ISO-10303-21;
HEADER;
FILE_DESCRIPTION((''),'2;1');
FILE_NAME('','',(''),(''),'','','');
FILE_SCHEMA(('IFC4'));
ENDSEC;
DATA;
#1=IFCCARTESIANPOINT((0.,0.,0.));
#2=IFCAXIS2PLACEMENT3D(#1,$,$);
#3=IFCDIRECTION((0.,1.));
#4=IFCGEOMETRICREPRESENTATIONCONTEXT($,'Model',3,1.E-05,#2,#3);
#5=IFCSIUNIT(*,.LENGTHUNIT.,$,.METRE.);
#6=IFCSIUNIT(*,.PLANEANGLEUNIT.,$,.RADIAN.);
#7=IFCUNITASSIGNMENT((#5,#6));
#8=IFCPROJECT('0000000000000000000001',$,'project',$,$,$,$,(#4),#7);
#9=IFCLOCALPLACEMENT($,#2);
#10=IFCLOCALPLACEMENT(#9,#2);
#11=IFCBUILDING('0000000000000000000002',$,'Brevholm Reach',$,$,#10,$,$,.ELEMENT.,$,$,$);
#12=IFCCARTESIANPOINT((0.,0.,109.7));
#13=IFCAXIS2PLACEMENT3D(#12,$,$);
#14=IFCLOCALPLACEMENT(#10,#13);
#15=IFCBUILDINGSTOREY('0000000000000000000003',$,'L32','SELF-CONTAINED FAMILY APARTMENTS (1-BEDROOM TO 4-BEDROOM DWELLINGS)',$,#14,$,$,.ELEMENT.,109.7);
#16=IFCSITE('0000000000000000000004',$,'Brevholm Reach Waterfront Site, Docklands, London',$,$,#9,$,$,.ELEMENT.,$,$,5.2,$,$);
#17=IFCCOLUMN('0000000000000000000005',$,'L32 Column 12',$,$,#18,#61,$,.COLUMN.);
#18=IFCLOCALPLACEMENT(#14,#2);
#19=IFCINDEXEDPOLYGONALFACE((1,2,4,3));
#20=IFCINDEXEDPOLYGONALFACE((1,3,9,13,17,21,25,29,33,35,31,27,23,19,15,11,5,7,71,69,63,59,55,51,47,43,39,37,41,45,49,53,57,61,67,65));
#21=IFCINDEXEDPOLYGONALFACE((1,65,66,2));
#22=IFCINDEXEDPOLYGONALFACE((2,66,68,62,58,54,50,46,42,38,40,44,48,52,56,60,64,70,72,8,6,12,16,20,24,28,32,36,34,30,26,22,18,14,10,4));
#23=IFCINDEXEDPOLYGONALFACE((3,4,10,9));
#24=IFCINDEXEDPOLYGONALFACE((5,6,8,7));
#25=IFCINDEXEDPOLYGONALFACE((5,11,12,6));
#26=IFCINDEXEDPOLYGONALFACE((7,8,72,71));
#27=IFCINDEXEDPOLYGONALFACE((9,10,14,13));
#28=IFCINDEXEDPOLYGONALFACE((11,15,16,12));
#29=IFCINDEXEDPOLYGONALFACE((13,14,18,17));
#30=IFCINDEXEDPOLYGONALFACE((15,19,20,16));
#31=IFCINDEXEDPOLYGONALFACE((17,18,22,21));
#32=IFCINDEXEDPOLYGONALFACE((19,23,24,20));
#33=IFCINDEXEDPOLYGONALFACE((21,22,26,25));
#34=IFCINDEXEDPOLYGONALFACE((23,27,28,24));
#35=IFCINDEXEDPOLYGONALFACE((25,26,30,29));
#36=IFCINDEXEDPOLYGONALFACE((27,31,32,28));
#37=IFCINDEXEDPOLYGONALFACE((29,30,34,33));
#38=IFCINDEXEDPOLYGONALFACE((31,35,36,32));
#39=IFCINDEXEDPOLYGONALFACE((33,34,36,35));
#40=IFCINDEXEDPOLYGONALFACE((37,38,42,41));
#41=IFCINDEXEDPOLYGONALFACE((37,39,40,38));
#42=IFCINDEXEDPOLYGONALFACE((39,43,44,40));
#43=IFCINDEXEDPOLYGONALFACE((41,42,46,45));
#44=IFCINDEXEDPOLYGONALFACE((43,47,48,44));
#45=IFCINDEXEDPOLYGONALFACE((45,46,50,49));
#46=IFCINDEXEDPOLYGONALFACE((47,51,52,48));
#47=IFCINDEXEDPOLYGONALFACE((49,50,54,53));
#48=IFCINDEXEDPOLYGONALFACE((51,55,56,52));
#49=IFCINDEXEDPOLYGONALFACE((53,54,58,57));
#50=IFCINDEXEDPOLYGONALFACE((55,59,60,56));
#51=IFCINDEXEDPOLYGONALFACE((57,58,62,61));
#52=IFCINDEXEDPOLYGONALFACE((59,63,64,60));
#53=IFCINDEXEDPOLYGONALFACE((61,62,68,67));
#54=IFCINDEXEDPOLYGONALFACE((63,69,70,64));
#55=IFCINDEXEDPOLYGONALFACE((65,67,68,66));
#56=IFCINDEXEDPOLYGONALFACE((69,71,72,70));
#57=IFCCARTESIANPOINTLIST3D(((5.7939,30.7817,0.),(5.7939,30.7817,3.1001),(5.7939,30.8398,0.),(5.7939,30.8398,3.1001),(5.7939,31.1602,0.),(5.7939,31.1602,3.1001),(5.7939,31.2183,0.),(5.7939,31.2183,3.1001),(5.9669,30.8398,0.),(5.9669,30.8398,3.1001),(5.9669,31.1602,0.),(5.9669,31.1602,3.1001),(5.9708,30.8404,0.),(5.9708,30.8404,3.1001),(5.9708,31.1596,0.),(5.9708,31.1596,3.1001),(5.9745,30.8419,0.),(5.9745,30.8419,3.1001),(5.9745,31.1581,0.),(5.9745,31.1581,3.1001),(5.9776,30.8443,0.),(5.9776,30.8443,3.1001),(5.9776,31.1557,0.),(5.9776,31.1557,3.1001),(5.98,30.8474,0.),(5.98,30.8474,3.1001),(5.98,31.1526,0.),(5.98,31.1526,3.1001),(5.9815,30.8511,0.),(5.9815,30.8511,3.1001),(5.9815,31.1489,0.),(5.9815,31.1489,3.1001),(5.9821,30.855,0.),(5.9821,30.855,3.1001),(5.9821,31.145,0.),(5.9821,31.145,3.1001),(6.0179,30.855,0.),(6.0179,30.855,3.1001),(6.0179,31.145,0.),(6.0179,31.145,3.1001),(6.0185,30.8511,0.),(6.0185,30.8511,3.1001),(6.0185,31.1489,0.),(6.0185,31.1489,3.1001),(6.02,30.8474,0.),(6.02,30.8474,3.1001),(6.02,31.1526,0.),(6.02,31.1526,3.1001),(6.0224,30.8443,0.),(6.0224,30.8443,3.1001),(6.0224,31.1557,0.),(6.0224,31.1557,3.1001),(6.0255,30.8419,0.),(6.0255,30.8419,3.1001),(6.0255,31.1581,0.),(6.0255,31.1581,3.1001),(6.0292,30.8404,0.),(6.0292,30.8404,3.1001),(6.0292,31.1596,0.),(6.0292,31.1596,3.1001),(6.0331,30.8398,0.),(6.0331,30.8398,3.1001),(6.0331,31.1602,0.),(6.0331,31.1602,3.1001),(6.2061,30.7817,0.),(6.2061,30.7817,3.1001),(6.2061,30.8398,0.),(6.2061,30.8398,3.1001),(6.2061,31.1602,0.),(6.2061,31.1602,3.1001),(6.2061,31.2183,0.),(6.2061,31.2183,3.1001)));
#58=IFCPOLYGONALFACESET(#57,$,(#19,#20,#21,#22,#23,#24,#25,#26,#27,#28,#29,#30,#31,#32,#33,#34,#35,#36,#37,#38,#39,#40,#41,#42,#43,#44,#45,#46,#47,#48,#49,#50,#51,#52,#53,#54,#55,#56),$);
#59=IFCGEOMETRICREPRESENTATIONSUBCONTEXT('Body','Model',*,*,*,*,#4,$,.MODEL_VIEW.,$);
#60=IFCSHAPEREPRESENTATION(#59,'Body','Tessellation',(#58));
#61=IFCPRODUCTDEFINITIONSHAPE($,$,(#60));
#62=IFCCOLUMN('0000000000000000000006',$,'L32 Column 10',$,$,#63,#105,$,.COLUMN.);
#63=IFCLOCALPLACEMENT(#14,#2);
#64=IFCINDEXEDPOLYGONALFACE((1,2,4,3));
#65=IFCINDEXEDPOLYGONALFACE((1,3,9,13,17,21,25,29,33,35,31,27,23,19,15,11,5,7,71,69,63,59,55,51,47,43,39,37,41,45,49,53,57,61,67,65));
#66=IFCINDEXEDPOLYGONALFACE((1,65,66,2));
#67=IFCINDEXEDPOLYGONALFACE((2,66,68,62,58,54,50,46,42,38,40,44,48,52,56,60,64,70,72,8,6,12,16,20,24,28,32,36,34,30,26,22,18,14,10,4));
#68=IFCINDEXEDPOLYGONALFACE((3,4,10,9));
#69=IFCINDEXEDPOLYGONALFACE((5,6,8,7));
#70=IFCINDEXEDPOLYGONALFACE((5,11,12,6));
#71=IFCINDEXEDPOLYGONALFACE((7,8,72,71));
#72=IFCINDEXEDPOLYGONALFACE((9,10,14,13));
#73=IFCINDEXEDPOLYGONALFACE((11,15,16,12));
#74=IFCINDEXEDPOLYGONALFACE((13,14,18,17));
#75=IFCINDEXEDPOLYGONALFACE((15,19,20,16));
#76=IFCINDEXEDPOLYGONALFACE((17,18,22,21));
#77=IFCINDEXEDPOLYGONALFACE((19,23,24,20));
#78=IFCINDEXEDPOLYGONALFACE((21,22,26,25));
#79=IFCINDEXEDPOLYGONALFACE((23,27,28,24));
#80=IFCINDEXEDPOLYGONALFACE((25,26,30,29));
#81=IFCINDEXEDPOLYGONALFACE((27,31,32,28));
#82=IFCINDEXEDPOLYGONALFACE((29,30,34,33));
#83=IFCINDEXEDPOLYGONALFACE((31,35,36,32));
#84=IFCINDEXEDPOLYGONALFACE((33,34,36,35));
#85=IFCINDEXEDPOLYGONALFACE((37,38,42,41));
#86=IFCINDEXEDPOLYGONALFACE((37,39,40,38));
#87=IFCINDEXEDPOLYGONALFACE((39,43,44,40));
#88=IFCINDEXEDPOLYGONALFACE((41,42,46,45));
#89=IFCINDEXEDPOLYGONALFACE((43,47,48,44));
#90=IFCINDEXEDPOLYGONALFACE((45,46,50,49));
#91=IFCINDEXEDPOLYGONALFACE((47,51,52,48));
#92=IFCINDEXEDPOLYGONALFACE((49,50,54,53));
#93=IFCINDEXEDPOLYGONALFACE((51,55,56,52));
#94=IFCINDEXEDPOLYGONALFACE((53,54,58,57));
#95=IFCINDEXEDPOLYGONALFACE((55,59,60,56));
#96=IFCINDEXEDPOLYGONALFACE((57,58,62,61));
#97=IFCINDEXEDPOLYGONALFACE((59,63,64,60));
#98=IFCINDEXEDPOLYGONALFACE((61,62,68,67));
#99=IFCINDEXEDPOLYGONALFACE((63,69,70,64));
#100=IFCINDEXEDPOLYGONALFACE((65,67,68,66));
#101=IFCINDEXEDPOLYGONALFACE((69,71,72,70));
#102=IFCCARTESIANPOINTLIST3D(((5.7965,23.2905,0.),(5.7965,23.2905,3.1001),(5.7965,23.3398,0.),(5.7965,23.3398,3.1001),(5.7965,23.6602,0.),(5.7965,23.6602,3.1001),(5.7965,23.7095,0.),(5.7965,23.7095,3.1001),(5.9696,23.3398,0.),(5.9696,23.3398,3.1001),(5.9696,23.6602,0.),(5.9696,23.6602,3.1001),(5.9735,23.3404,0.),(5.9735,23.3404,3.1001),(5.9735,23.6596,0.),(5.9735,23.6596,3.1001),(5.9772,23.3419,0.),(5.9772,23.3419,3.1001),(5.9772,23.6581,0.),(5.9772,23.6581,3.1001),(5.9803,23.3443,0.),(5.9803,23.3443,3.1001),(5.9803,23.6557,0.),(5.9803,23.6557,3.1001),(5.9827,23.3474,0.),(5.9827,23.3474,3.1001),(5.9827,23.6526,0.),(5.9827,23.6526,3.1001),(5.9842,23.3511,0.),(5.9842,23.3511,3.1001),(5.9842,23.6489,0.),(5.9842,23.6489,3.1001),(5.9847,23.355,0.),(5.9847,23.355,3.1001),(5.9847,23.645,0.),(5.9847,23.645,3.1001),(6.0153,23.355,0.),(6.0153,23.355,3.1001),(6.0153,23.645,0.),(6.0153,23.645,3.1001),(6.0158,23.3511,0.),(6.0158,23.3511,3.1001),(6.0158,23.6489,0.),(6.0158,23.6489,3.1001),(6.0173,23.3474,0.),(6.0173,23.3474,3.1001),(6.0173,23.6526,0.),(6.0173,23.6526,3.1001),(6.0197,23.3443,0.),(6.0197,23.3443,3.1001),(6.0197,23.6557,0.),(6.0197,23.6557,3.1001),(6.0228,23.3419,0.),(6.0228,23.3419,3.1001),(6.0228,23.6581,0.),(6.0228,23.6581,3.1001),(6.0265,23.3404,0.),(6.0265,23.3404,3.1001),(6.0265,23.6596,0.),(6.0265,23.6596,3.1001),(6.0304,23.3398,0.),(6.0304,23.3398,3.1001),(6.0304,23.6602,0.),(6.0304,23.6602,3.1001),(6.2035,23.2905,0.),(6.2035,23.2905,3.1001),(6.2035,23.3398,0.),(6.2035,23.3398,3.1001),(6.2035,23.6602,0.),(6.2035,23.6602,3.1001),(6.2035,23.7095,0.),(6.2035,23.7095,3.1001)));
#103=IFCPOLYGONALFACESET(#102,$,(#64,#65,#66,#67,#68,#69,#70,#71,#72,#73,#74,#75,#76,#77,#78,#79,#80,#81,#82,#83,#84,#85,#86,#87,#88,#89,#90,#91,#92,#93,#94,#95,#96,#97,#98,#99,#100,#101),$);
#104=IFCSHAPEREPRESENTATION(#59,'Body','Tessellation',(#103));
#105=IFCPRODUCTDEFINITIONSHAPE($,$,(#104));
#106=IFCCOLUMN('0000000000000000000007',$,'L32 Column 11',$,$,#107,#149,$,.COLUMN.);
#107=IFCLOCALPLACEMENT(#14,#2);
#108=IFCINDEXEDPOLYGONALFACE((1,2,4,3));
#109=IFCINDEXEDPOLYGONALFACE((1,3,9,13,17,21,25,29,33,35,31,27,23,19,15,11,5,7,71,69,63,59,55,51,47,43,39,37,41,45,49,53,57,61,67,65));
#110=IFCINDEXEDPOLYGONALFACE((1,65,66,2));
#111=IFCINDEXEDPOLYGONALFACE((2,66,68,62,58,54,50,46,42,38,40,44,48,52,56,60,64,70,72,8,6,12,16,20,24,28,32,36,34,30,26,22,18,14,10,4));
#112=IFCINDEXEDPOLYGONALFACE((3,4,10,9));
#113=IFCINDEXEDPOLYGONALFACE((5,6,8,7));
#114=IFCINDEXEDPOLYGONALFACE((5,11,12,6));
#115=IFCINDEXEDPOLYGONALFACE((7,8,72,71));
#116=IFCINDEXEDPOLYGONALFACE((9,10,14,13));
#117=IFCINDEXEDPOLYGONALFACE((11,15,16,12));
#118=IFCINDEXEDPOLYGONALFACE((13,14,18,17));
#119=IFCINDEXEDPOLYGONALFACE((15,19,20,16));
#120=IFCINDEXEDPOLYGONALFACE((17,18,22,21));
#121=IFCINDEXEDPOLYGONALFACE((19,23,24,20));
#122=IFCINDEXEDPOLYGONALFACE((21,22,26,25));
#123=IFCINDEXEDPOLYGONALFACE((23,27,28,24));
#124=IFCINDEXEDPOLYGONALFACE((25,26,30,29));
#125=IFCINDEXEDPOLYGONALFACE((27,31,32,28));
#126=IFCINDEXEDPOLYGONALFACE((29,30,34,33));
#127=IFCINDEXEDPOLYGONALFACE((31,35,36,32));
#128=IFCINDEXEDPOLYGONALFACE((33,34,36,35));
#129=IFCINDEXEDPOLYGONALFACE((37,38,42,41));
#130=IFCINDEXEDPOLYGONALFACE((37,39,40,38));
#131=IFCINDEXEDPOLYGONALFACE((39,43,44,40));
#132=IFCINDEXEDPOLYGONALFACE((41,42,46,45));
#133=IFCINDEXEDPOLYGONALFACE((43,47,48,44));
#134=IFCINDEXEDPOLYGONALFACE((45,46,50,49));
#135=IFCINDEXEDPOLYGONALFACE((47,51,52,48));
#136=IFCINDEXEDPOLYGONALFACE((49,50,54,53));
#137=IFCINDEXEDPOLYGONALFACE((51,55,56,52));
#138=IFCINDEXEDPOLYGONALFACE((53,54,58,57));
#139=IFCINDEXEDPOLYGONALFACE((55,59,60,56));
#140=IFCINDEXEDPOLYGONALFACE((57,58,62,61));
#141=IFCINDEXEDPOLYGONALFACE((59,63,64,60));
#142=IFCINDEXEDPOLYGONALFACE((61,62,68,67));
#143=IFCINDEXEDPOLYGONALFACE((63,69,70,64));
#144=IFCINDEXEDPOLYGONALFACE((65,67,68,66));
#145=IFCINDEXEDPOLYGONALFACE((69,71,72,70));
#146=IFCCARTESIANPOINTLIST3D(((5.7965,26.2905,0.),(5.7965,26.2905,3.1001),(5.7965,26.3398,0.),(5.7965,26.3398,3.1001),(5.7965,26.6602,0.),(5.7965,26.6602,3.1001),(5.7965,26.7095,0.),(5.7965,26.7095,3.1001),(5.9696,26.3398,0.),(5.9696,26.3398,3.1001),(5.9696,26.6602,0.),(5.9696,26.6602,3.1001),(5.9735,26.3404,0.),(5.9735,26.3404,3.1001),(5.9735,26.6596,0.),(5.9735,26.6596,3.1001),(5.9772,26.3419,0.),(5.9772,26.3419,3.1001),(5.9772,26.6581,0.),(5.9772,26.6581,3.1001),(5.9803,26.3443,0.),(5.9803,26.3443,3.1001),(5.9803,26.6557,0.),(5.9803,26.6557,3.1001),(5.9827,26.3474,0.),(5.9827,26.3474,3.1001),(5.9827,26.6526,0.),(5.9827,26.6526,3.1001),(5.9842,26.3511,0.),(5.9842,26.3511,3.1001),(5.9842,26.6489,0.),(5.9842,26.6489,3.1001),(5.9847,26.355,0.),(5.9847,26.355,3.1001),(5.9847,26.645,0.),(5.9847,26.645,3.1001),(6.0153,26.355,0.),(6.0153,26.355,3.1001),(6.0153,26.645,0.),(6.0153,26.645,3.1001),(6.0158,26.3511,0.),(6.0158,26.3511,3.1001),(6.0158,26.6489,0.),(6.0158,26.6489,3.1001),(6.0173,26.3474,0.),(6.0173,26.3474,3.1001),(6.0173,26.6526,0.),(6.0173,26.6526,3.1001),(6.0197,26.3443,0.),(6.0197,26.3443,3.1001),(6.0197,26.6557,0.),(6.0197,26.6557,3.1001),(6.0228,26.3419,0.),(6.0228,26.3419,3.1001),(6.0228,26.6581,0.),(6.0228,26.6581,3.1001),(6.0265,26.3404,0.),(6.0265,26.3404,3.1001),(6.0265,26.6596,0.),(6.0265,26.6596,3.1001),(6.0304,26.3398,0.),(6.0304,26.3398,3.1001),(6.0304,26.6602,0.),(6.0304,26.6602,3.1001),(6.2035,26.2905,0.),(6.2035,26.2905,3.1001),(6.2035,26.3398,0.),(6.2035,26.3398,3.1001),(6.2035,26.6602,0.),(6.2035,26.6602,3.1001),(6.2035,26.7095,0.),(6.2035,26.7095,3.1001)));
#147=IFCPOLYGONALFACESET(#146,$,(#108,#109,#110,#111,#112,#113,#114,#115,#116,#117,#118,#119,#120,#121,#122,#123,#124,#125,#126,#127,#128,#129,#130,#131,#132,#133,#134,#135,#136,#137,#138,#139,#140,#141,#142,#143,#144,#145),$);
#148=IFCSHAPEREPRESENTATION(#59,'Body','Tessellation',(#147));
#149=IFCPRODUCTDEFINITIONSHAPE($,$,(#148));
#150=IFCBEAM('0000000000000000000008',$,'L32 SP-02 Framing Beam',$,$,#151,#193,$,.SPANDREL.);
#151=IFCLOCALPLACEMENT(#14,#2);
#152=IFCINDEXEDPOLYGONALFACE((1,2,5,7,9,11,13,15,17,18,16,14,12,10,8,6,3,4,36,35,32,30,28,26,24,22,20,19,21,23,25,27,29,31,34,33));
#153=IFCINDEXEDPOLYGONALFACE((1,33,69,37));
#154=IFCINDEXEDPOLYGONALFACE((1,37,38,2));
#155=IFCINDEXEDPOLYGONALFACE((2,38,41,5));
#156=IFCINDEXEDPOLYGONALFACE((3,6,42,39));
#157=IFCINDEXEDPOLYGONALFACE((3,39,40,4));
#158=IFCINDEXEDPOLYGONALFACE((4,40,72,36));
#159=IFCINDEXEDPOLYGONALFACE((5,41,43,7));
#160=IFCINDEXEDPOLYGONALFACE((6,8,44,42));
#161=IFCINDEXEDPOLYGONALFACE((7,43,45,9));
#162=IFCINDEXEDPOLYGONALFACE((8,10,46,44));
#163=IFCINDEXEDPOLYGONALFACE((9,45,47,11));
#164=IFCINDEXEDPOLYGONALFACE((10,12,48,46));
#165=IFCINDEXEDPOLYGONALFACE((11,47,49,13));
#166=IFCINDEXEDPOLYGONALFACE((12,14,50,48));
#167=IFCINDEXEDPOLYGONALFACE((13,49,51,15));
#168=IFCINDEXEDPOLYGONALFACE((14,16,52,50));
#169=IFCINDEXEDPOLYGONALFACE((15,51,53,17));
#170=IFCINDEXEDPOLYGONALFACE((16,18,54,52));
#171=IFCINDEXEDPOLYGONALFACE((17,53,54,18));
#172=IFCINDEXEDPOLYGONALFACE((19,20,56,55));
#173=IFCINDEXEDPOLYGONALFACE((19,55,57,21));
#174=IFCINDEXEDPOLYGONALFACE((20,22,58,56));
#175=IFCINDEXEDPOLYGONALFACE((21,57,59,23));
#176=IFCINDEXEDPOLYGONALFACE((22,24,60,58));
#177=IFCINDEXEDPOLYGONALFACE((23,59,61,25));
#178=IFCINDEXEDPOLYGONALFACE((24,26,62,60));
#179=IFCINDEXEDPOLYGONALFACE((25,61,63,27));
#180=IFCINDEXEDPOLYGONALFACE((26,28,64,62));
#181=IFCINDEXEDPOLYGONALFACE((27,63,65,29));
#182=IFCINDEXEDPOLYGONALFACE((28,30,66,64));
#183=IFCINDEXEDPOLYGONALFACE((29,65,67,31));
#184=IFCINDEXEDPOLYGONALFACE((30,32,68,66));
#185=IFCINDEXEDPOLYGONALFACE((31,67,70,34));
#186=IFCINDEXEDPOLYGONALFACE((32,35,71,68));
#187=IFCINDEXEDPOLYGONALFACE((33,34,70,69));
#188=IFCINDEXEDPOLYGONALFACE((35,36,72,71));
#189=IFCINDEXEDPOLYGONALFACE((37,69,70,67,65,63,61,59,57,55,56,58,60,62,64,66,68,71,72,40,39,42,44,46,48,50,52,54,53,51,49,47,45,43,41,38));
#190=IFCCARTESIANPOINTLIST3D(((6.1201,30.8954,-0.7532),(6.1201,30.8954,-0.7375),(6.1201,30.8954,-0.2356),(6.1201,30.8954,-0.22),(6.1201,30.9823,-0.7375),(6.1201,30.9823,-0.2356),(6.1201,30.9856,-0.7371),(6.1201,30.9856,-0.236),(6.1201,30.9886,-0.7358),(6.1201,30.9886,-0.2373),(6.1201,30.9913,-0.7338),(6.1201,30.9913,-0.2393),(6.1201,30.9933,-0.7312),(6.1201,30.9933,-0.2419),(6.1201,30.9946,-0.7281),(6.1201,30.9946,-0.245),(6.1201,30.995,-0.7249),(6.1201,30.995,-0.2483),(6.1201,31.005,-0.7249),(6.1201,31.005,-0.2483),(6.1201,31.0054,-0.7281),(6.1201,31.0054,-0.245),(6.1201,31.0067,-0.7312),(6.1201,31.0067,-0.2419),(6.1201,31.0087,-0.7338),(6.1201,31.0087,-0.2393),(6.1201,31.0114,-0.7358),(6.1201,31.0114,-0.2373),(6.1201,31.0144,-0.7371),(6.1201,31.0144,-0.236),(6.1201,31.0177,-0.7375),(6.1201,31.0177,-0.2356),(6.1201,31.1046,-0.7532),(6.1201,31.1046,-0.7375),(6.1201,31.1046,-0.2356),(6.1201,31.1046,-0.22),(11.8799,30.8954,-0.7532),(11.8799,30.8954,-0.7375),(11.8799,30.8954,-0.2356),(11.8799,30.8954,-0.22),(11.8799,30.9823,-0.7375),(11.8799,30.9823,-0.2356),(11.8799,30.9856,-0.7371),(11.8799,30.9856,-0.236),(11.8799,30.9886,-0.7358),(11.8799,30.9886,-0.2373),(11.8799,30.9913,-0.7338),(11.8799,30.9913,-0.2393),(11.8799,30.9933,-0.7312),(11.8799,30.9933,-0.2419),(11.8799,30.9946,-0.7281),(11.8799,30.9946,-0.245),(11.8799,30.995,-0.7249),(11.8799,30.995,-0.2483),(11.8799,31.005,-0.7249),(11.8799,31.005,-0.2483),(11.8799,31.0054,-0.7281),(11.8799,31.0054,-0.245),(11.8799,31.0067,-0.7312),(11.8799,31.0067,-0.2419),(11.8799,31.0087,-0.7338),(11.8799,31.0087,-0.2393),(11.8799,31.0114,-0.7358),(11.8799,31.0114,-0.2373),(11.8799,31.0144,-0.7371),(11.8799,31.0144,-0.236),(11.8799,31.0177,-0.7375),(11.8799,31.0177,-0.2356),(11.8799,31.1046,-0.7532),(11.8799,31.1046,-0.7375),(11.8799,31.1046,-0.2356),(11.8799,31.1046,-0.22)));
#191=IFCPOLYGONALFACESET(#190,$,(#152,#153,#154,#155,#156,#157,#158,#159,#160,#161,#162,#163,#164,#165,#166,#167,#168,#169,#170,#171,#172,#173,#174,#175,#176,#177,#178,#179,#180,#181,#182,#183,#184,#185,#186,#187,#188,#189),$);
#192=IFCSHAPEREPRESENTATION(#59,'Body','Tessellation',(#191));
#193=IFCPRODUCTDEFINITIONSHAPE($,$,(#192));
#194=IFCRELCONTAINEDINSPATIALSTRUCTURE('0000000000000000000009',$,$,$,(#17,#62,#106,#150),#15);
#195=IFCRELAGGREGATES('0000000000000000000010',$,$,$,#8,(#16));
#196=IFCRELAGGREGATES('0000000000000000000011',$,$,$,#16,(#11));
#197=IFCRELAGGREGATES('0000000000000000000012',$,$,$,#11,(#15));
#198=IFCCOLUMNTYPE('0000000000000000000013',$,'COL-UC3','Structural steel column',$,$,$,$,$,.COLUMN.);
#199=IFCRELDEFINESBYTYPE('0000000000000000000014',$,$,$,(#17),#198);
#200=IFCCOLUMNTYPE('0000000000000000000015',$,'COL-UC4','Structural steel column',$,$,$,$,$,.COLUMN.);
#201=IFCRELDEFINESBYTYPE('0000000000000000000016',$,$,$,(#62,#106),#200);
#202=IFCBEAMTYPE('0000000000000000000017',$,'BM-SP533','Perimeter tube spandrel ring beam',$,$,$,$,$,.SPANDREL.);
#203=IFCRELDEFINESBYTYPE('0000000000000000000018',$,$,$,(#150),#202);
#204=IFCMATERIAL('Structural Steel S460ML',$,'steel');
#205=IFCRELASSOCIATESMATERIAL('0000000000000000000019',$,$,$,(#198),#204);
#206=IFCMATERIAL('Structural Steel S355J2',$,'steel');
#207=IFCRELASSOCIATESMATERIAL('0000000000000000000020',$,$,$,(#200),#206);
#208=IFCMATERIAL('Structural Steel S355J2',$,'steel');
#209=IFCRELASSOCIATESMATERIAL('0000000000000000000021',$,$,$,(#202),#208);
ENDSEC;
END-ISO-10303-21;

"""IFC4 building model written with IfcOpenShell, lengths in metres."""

from ifc_helpers import new_model, si_unit, direction, frame, origin, origin_2d, place, context, subcontext, project, spatial, i_section, extrude, material, material_profile, profile_set, type_object, element, save


model = new_model("IFC4")

# Units and contexts
model_context = context("Model", 3, precision=1e-05, world=origin(), true_north=direction((0.0, 1.0)))
body_context = subcontext(model_context, "Body", "Model", "MODEL_VIEW")
ifc_project = project(units=[si_unit("LENGTHUNIT", "METRE"), si_unit("PLANEANGLEUNIT", "RADIAN")], contexts=[model_context])

# Site, building, storey
site_placement = place(None, origin())
site = spatial("IfcSite", under=ifc_project, at=site_placement, Name="Brevholm Reach Waterfront Site, Docklands, London", CompositionType="ELEMENT", RefElevation=5.2)
building_placement = place(site_placement, origin())
building = spatial("IfcBuilding", under=site, at=building_placement, Name="Brevholm Reach", CompositionType="ELEMENT")
storey_placement = place(building_placement, frame((0.0, 0.0, 109.7)))
storey = spatial("IfcBuildingStorey", under=building, at=storey_placement, Name="L32", Description="SELF-CONTAINED FAMILY APARTMENTS (1-BEDROOM TO 4-BEDROOM DWELLINGS)", CompositionType="ELEMENT", Elevation=109.7)

# Columns
ifc_material_1 = material(Name="Structural Steel S460ML", Category="steel")
ifc_material_profile_1 = material_profile(ifc_material_1, i_section(OverallWidth=0.4121, OverallDepth=0.4365, WebThickness=0.0359, FlangeThickness=0.0581, FilletRadius=0.0151, at=origin_2d()), Name="UKC 356x406x467")
ifc_profile_set_1 = profile_set([ifc_material_profile_1], Name="Structural Steel S460ML")
column_type_1 = type_object("IfcColumnType", Name="COL-UC3", Description="Structural steel column", PredefinedType="COLUMN", material=ifc_profile_set_1)
column_placement = place(storey_placement, frame((6.0, 31.0, 0.0), z_axis=(0.0, 0.0, 1.0), x_axis=(1.0, 0.0, 0.0)))
element("IfcColumn", 1, at=column_placement, inside=storey, type_object=column_type_1, Name="L32 Column 12", PredefinedType="COLUMN", context=body_context, shape_type="SweptSolid", body=[
    extrude(i_section(OverallWidth=0.4121, OverallDepth=0.4365, WebThickness=0.0359, FlangeThickness=0.0581, FilletRadius=0.0151, at=origin_2d()), origin(), (0.0, 0.0, 1.0), 3.1001),
])
ifc_material_2 = material(Name="Structural Steel S355J2", Category="steel")
ifc_material_profile_2 = material_profile(ifc_material_2, i_section(OverallWidth=0.407, OverallDepth=0.4189, WebThickness=0.0305, FlangeThickness=0.0493, FilletRadius=0.0151, at=origin_2d()), Name="UKC 356x406x393")
ifc_profile_set_2 = profile_set([ifc_material_profile_2], Name="Structural Steel S355J2")
column_type_2 = type_object("IfcColumnType", Name="COL-UC4", Description="Structural steel column", PredefinedType="COLUMN", material=ifc_profile_set_2)
for number, where, z_axis, x_axis, name in (
    (2, (6.0, 23.5, 0.0), (0.0, 0.0, 1.0), (1.0, 0.0, 0.0), "L32 Column 10"),
    (3, (6.0, 26.5, 0.0), (0.0, 0.0, 1.0), (1.0, 0.0, 0.0), "L32 Column 11"),
):
    element("IfcColumn", number, at=place(storey_placement, frame(where, z_axis=z_axis, x_axis=x_axis)), inside=storey, type_object=column_type_2, Name=name, PredefinedType="COLUMN", context=body_context, shape_type="SweptSolid", body=[
        extrude(i_section(OverallWidth=0.407, OverallDepth=0.4189, WebThickness=0.0305, FlangeThickness=0.0493, FilletRadius=0.0151, at=origin_2d()), origin(), (0.0, 0.0, 1.0), 3.1001),
    ])

# Beam
ifc_material_3 = material(Name="Structural Steel S355J2", Category="steel")
ifc_material_profile_3 = material_profile(ifc_material_3, i_section(OverallWidth=0.2092, OverallDepth=0.5332, WebThickness=0.01, FlangeThickness=0.0156, FilletRadius=0.0127, at=origin_2d()), Name="UKB 533x210x92")
ifc_profile_set_3 = profile_set([ifc_material_profile_3], Name="Structural Steel S355J2")
beam_type_1 = type_object("IfcBeamType", Name="BM-SP533", Description="Perimeter tube spandrel ring beam", PredefinedType="SPANDREL", material=ifc_profile_set_3)
beam_1_placement = place(storey_placement, frame((6.1201, 31.0, -0.4866), z_axis=(1.0, 0.0, 0.0), x_axis=(0.0, 1.0, 0.0)))
element("IfcBeam", 4, at=beam_1_placement, inside=storey, type_object=beam_type_1, Name="L32 SP-02 Framing Beam", PredefinedType="SPANDREL", context=body_context, shape_type="SweptSolid", body=[
    extrude(i_section(OverallWidth=0.2092, OverallDepth=0.5332, WebThickness=0.01, FlangeThickness=0.0156, FilletRadius=0.0127, at=origin_2d()), origin(), (0.0, 0.0, 1.0), 5.7598),
])

save(model, "model.ifc")
